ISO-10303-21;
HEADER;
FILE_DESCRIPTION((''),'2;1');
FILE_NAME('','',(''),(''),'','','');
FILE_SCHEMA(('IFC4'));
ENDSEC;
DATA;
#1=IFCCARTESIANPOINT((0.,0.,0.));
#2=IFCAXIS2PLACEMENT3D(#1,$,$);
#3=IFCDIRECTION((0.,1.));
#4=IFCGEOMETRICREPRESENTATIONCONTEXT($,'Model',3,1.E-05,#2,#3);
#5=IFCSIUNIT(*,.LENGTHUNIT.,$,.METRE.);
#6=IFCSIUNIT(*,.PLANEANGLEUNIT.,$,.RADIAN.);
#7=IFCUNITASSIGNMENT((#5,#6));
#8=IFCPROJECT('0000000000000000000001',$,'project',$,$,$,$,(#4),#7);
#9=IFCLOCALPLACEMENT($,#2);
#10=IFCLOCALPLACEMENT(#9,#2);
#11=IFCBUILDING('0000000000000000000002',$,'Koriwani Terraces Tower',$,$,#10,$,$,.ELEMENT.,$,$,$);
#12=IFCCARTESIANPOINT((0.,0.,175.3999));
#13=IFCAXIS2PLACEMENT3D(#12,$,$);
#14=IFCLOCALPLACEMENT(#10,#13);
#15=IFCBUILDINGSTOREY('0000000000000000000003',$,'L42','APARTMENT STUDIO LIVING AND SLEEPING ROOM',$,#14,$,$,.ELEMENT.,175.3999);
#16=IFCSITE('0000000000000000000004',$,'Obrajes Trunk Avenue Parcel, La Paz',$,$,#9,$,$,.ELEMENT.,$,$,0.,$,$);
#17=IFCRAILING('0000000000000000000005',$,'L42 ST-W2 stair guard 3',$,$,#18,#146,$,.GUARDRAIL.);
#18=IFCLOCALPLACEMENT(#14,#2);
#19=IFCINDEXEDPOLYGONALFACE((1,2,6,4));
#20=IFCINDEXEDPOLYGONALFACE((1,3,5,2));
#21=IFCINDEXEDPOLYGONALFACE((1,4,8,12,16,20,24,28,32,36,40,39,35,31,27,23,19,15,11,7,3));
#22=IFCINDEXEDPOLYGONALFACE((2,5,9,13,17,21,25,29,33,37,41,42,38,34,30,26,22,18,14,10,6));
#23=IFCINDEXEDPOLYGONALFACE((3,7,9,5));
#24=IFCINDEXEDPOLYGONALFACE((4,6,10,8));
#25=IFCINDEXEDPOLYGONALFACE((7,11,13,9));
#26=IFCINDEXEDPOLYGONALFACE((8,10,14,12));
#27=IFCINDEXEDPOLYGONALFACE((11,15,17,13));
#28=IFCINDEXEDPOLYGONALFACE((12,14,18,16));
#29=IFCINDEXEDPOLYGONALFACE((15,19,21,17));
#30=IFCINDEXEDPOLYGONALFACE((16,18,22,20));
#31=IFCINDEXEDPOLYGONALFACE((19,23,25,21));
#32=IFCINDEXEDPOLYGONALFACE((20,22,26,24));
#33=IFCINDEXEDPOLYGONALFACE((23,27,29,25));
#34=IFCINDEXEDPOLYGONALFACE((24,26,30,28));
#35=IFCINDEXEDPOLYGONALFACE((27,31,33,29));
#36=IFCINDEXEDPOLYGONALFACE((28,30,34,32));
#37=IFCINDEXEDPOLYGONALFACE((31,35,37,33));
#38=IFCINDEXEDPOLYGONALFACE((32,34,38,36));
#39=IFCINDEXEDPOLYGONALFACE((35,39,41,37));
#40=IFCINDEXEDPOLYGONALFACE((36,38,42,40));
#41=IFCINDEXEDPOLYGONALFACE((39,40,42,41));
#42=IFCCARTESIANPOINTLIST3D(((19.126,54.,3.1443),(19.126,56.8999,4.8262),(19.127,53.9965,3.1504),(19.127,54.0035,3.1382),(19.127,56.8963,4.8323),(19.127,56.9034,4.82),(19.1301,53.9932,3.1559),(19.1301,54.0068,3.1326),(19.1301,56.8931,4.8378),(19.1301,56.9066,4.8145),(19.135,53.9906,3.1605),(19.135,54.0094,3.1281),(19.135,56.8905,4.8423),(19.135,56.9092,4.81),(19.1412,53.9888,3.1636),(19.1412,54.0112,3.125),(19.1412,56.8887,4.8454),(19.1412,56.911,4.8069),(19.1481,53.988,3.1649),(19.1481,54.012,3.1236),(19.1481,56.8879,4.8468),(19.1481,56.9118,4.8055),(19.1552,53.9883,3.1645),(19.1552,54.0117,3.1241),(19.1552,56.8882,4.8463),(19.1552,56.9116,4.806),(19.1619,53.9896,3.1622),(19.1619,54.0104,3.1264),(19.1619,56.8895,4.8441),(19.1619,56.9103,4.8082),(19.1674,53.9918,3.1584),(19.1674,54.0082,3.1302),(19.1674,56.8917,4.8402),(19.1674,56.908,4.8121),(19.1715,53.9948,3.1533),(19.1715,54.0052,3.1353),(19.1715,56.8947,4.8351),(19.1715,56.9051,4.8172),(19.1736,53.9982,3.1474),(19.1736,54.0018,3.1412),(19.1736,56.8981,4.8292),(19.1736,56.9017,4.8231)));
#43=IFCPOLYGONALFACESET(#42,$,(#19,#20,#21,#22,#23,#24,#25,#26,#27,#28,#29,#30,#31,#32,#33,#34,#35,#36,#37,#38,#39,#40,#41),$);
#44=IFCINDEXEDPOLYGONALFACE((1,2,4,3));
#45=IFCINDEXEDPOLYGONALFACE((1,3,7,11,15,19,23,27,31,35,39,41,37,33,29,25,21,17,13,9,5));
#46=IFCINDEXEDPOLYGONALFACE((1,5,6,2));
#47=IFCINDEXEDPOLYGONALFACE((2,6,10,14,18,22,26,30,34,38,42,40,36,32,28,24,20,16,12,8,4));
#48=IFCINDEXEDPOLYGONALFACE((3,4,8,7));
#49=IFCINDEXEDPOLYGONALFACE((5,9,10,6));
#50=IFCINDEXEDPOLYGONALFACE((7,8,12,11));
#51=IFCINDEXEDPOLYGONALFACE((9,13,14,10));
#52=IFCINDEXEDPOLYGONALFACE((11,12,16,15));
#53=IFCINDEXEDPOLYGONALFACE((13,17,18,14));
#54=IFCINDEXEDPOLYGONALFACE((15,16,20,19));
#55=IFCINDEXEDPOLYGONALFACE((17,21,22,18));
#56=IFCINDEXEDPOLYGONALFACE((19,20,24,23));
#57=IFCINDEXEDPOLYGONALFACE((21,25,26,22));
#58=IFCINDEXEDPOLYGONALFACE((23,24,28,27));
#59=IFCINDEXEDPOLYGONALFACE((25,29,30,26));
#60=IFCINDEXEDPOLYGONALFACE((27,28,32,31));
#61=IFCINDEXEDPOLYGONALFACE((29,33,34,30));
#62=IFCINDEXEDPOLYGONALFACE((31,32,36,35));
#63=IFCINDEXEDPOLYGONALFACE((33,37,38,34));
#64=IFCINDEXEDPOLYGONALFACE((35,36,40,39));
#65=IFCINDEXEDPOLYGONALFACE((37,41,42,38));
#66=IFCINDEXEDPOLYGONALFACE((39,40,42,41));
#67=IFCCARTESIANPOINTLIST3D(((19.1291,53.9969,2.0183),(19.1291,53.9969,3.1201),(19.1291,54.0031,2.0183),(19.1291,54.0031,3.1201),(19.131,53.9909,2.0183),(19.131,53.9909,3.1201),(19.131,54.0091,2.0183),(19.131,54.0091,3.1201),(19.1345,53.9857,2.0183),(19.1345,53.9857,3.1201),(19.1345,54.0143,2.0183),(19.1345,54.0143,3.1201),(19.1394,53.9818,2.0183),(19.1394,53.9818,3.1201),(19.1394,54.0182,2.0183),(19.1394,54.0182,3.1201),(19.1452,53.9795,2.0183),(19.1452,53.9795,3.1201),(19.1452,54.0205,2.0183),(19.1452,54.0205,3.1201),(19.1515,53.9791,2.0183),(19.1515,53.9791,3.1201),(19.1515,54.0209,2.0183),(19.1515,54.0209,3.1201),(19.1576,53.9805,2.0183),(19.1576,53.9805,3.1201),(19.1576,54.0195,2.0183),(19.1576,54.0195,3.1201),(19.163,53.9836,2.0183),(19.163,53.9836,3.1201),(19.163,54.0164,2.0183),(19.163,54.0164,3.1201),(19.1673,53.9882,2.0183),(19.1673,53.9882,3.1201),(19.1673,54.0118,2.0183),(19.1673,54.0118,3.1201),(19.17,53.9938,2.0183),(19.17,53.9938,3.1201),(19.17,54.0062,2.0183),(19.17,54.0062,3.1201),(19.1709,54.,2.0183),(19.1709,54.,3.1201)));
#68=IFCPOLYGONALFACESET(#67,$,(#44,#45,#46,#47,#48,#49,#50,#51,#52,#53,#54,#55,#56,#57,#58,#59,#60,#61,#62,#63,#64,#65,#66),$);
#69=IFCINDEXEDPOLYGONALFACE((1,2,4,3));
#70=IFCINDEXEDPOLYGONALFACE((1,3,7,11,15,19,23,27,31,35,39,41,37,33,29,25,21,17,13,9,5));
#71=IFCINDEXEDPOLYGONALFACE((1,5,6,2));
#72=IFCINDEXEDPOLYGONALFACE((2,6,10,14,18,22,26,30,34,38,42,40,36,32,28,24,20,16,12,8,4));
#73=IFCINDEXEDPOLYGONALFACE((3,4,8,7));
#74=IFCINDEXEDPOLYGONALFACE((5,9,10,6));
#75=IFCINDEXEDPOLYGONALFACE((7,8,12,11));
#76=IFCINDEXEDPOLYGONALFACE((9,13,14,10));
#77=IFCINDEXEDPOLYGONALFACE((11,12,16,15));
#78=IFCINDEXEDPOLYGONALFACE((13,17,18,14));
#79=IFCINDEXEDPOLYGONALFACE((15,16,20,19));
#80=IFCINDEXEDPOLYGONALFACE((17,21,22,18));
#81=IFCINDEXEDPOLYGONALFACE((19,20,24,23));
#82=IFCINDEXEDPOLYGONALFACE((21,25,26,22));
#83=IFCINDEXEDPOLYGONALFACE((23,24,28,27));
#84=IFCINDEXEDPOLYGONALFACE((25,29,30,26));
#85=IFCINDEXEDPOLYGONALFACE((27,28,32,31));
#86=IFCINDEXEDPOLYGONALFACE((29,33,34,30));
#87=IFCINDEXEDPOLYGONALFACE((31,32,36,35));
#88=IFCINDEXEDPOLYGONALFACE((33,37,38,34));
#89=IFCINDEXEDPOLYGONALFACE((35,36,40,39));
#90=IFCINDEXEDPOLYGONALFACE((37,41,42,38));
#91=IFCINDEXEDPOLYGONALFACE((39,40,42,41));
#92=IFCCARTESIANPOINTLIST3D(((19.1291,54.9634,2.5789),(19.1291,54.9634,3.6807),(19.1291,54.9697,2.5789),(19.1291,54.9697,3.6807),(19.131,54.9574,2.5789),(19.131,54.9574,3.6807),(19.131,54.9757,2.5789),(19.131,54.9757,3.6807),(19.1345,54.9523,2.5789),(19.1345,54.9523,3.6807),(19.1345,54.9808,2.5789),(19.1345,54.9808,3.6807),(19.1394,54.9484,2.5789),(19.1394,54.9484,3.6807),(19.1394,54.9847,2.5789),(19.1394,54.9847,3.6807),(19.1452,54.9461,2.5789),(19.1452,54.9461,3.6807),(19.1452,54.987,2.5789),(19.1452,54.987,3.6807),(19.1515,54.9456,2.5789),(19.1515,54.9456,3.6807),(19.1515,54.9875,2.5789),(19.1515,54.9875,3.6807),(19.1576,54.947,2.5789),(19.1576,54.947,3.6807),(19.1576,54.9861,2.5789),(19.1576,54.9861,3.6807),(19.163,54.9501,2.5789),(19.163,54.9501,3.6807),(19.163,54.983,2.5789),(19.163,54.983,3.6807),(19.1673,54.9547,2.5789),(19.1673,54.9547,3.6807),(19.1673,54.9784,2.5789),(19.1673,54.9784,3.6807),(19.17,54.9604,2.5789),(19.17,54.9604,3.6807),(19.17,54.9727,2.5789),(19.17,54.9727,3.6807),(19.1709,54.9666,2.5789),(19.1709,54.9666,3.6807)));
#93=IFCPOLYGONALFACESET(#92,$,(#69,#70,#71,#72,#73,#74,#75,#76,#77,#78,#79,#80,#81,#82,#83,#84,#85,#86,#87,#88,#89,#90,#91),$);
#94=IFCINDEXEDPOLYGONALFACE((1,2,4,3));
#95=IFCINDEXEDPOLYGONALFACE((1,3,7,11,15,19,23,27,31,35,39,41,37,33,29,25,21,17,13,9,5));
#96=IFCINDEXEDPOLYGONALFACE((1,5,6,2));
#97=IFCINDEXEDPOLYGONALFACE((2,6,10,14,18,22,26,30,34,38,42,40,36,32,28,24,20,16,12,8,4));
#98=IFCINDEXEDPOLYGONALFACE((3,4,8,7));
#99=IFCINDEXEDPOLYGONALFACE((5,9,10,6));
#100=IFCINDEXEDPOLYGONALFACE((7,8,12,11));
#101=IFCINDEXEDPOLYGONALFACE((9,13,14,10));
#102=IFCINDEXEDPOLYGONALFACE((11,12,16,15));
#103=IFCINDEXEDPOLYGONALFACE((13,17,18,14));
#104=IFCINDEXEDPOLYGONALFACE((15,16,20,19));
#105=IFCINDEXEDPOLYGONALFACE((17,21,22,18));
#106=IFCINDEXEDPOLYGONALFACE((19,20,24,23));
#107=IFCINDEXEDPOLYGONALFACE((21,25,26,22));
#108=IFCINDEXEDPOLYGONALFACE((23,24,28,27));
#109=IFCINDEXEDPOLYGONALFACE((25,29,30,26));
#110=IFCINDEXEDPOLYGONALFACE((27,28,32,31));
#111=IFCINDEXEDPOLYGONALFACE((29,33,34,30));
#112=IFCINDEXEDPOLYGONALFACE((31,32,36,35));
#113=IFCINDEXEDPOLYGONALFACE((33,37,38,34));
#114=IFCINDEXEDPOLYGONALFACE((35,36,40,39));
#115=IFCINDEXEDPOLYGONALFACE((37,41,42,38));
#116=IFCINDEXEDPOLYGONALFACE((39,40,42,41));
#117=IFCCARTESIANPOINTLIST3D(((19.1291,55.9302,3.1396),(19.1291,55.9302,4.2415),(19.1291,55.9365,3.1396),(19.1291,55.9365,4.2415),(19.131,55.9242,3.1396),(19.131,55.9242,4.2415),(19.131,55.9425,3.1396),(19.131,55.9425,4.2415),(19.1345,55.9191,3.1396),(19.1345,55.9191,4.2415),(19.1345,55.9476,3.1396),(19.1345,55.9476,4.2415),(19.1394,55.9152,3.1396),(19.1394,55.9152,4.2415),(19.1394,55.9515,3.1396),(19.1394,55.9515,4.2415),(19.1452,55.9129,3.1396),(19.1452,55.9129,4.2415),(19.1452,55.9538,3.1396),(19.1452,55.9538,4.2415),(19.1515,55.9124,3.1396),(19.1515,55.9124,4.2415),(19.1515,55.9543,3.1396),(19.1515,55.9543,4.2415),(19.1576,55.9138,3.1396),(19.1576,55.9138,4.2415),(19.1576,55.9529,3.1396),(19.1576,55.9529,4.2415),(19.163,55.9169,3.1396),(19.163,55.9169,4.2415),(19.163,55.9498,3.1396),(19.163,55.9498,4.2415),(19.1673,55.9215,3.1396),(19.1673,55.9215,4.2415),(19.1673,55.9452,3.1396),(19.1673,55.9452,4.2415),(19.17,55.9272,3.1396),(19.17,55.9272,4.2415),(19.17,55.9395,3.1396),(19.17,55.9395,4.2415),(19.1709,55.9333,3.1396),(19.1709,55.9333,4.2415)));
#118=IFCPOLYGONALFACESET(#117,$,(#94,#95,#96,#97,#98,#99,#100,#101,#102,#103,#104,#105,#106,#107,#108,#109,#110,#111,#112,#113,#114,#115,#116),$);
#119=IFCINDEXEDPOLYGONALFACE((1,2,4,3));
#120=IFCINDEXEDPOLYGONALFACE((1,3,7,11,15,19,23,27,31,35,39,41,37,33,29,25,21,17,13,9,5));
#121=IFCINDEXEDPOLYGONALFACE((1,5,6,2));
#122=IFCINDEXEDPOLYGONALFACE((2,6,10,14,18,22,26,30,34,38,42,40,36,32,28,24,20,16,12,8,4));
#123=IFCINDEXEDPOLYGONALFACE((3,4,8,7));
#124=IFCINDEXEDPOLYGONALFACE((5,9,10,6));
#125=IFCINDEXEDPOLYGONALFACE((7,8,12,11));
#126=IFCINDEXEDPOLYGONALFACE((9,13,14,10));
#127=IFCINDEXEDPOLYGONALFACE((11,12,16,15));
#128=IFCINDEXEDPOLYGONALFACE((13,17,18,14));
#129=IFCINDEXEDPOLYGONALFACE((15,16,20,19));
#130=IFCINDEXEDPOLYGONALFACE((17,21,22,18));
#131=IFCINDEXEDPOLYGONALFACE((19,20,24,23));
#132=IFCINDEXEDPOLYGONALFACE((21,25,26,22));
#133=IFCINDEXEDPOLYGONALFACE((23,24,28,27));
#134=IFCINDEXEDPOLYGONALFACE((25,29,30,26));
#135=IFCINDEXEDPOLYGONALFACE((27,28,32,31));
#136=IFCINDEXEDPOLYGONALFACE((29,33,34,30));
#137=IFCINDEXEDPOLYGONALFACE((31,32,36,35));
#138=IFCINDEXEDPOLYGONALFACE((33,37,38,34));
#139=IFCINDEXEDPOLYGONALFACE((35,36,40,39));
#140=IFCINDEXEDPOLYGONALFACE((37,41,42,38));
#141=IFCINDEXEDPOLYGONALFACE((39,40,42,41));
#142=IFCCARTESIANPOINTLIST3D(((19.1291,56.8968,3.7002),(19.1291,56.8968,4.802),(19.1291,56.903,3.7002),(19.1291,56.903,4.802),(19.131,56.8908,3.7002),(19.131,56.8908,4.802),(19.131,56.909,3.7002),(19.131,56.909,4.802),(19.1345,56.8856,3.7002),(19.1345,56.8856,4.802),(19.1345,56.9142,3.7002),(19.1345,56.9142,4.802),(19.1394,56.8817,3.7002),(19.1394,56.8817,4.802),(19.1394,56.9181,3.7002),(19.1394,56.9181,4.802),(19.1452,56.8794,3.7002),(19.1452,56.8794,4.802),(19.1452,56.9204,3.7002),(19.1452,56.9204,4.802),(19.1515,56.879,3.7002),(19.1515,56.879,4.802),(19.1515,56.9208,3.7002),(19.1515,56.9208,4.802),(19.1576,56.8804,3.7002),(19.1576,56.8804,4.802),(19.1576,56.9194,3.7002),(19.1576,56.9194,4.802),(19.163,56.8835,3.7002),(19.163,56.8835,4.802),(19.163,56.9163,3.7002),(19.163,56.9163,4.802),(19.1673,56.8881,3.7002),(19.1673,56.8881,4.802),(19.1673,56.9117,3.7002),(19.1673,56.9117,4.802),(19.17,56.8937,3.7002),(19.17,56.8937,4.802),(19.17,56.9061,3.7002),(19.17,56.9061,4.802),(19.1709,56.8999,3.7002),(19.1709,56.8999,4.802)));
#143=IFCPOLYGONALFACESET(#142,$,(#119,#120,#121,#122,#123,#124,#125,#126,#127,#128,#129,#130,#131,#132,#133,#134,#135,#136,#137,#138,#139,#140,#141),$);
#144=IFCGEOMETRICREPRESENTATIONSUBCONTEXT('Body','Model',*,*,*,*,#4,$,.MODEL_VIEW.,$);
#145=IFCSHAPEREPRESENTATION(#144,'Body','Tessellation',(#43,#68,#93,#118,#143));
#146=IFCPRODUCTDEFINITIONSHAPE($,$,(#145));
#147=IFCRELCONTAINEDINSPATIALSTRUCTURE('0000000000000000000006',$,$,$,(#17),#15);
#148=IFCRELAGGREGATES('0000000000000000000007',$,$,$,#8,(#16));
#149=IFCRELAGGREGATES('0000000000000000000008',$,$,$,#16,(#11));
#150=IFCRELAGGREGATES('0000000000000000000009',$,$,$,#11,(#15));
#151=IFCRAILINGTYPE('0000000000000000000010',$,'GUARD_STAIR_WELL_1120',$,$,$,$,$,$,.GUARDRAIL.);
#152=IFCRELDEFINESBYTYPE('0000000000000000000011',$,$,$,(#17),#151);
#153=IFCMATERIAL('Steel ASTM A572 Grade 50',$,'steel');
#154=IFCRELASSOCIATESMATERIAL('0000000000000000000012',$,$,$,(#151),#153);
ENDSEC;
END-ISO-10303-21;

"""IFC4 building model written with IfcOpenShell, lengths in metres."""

from ifc_helpers import new_model, si_unit, direction, frame, origin, origin_2d, place, context, subcontext, project, spatial, circle, extrude, material, type_object, element, save


model = new_model("IFC4")

# Units and contexts
model_context = context("Model", 3, precision=1e-05, world=origin(), true_north=direction((0.0, 1.0)))
body_context = subcontext(model_context, "Body", "Model", "MODEL_VIEW")
ifc_project = project(units=[si_unit("LENGTHUNIT", "METRE"), si_unit("PLANEANGLEUNIT", "RADIAN")], contexts=[model_context])

# Site, building, storey
site_placement = place(None, origin())
site = spatial("IfcSite", under=ifc_project, at=site_placement, Name="Obrajes Trunk Avenue Parcel, La Paz", CompositionType="ELEMENT", RefElevation=0.0)
building_placement = place(site_placement, origin())
building = spatial("IfcBuilding", under=site, at=building_placement, Name="Koriwani Terraces Tower", CompositionType="ELEMENT")
storey_placement = place(building_placement, frame((0.0, 0.0, 175.3999)))
storey = spatial("IfcBuildingStorey", under=building, at=storey_placement, Name="L42", Description="APARTMENT STUDIO LIVING AND SLEEPING ROOM", CompositionType="ELEMENT", Elevation=175.3999)

# Shared definitions
ifc_material_1 = material(Name="Steel ASTM A572 Grade 50", Category="steel")

# Railing
railing_type_1 = type_object("IfcRailingType", Name="GUARD_STAIR_WELL_1120", PredefinedType="GUARDRAIL", material=ifc_material_1)
railing_1_placement = place(storey_placement, frame((19.1499, 54.0, 2.0183)))
element("IfcRailing", 1, at=railing_1_placement, inside=storey, type_object=railing_type_1, Name="L42 ST-W2 stair guard 3", PredefinedType="GUARDRAIL", context=body_context, shape_type="SweptSolid", body=[
    extrude(circle(Radius=0.0239, at=origin_2d()), frame((0.0, 0.0, 1.126), z_axis=(0.0, 0.865039, 0.501705), x_axis=(-1.0, 0.0, 0.0)), (0.0, 0.0, 1.0), 3.3523),
    extrude(circle(Radius=0.021, at=origin_2d()), origin(), (0.0, 0.0, 1.0), 1.1018),
    extrude(circle(Radius=0.021, at=origin_2d()), frame((0.0, 0.9666, 0.5605)), (0.0, 0.0, 1.0), 1.1018),
    extrude(circle(Radius=0.021, at=origin_2d()), frame((0.0, 1.9333, 1.1213)), (0.0, 0.0, 1.0), 1.1018),
    extrude(circle(Radius=0.021, at=origin_2d()), frame((0.0, 2.8999, 1.6819)), (0.0, 0.0, 1.0), 1.1018),
])

save(model, "model.ifc")
